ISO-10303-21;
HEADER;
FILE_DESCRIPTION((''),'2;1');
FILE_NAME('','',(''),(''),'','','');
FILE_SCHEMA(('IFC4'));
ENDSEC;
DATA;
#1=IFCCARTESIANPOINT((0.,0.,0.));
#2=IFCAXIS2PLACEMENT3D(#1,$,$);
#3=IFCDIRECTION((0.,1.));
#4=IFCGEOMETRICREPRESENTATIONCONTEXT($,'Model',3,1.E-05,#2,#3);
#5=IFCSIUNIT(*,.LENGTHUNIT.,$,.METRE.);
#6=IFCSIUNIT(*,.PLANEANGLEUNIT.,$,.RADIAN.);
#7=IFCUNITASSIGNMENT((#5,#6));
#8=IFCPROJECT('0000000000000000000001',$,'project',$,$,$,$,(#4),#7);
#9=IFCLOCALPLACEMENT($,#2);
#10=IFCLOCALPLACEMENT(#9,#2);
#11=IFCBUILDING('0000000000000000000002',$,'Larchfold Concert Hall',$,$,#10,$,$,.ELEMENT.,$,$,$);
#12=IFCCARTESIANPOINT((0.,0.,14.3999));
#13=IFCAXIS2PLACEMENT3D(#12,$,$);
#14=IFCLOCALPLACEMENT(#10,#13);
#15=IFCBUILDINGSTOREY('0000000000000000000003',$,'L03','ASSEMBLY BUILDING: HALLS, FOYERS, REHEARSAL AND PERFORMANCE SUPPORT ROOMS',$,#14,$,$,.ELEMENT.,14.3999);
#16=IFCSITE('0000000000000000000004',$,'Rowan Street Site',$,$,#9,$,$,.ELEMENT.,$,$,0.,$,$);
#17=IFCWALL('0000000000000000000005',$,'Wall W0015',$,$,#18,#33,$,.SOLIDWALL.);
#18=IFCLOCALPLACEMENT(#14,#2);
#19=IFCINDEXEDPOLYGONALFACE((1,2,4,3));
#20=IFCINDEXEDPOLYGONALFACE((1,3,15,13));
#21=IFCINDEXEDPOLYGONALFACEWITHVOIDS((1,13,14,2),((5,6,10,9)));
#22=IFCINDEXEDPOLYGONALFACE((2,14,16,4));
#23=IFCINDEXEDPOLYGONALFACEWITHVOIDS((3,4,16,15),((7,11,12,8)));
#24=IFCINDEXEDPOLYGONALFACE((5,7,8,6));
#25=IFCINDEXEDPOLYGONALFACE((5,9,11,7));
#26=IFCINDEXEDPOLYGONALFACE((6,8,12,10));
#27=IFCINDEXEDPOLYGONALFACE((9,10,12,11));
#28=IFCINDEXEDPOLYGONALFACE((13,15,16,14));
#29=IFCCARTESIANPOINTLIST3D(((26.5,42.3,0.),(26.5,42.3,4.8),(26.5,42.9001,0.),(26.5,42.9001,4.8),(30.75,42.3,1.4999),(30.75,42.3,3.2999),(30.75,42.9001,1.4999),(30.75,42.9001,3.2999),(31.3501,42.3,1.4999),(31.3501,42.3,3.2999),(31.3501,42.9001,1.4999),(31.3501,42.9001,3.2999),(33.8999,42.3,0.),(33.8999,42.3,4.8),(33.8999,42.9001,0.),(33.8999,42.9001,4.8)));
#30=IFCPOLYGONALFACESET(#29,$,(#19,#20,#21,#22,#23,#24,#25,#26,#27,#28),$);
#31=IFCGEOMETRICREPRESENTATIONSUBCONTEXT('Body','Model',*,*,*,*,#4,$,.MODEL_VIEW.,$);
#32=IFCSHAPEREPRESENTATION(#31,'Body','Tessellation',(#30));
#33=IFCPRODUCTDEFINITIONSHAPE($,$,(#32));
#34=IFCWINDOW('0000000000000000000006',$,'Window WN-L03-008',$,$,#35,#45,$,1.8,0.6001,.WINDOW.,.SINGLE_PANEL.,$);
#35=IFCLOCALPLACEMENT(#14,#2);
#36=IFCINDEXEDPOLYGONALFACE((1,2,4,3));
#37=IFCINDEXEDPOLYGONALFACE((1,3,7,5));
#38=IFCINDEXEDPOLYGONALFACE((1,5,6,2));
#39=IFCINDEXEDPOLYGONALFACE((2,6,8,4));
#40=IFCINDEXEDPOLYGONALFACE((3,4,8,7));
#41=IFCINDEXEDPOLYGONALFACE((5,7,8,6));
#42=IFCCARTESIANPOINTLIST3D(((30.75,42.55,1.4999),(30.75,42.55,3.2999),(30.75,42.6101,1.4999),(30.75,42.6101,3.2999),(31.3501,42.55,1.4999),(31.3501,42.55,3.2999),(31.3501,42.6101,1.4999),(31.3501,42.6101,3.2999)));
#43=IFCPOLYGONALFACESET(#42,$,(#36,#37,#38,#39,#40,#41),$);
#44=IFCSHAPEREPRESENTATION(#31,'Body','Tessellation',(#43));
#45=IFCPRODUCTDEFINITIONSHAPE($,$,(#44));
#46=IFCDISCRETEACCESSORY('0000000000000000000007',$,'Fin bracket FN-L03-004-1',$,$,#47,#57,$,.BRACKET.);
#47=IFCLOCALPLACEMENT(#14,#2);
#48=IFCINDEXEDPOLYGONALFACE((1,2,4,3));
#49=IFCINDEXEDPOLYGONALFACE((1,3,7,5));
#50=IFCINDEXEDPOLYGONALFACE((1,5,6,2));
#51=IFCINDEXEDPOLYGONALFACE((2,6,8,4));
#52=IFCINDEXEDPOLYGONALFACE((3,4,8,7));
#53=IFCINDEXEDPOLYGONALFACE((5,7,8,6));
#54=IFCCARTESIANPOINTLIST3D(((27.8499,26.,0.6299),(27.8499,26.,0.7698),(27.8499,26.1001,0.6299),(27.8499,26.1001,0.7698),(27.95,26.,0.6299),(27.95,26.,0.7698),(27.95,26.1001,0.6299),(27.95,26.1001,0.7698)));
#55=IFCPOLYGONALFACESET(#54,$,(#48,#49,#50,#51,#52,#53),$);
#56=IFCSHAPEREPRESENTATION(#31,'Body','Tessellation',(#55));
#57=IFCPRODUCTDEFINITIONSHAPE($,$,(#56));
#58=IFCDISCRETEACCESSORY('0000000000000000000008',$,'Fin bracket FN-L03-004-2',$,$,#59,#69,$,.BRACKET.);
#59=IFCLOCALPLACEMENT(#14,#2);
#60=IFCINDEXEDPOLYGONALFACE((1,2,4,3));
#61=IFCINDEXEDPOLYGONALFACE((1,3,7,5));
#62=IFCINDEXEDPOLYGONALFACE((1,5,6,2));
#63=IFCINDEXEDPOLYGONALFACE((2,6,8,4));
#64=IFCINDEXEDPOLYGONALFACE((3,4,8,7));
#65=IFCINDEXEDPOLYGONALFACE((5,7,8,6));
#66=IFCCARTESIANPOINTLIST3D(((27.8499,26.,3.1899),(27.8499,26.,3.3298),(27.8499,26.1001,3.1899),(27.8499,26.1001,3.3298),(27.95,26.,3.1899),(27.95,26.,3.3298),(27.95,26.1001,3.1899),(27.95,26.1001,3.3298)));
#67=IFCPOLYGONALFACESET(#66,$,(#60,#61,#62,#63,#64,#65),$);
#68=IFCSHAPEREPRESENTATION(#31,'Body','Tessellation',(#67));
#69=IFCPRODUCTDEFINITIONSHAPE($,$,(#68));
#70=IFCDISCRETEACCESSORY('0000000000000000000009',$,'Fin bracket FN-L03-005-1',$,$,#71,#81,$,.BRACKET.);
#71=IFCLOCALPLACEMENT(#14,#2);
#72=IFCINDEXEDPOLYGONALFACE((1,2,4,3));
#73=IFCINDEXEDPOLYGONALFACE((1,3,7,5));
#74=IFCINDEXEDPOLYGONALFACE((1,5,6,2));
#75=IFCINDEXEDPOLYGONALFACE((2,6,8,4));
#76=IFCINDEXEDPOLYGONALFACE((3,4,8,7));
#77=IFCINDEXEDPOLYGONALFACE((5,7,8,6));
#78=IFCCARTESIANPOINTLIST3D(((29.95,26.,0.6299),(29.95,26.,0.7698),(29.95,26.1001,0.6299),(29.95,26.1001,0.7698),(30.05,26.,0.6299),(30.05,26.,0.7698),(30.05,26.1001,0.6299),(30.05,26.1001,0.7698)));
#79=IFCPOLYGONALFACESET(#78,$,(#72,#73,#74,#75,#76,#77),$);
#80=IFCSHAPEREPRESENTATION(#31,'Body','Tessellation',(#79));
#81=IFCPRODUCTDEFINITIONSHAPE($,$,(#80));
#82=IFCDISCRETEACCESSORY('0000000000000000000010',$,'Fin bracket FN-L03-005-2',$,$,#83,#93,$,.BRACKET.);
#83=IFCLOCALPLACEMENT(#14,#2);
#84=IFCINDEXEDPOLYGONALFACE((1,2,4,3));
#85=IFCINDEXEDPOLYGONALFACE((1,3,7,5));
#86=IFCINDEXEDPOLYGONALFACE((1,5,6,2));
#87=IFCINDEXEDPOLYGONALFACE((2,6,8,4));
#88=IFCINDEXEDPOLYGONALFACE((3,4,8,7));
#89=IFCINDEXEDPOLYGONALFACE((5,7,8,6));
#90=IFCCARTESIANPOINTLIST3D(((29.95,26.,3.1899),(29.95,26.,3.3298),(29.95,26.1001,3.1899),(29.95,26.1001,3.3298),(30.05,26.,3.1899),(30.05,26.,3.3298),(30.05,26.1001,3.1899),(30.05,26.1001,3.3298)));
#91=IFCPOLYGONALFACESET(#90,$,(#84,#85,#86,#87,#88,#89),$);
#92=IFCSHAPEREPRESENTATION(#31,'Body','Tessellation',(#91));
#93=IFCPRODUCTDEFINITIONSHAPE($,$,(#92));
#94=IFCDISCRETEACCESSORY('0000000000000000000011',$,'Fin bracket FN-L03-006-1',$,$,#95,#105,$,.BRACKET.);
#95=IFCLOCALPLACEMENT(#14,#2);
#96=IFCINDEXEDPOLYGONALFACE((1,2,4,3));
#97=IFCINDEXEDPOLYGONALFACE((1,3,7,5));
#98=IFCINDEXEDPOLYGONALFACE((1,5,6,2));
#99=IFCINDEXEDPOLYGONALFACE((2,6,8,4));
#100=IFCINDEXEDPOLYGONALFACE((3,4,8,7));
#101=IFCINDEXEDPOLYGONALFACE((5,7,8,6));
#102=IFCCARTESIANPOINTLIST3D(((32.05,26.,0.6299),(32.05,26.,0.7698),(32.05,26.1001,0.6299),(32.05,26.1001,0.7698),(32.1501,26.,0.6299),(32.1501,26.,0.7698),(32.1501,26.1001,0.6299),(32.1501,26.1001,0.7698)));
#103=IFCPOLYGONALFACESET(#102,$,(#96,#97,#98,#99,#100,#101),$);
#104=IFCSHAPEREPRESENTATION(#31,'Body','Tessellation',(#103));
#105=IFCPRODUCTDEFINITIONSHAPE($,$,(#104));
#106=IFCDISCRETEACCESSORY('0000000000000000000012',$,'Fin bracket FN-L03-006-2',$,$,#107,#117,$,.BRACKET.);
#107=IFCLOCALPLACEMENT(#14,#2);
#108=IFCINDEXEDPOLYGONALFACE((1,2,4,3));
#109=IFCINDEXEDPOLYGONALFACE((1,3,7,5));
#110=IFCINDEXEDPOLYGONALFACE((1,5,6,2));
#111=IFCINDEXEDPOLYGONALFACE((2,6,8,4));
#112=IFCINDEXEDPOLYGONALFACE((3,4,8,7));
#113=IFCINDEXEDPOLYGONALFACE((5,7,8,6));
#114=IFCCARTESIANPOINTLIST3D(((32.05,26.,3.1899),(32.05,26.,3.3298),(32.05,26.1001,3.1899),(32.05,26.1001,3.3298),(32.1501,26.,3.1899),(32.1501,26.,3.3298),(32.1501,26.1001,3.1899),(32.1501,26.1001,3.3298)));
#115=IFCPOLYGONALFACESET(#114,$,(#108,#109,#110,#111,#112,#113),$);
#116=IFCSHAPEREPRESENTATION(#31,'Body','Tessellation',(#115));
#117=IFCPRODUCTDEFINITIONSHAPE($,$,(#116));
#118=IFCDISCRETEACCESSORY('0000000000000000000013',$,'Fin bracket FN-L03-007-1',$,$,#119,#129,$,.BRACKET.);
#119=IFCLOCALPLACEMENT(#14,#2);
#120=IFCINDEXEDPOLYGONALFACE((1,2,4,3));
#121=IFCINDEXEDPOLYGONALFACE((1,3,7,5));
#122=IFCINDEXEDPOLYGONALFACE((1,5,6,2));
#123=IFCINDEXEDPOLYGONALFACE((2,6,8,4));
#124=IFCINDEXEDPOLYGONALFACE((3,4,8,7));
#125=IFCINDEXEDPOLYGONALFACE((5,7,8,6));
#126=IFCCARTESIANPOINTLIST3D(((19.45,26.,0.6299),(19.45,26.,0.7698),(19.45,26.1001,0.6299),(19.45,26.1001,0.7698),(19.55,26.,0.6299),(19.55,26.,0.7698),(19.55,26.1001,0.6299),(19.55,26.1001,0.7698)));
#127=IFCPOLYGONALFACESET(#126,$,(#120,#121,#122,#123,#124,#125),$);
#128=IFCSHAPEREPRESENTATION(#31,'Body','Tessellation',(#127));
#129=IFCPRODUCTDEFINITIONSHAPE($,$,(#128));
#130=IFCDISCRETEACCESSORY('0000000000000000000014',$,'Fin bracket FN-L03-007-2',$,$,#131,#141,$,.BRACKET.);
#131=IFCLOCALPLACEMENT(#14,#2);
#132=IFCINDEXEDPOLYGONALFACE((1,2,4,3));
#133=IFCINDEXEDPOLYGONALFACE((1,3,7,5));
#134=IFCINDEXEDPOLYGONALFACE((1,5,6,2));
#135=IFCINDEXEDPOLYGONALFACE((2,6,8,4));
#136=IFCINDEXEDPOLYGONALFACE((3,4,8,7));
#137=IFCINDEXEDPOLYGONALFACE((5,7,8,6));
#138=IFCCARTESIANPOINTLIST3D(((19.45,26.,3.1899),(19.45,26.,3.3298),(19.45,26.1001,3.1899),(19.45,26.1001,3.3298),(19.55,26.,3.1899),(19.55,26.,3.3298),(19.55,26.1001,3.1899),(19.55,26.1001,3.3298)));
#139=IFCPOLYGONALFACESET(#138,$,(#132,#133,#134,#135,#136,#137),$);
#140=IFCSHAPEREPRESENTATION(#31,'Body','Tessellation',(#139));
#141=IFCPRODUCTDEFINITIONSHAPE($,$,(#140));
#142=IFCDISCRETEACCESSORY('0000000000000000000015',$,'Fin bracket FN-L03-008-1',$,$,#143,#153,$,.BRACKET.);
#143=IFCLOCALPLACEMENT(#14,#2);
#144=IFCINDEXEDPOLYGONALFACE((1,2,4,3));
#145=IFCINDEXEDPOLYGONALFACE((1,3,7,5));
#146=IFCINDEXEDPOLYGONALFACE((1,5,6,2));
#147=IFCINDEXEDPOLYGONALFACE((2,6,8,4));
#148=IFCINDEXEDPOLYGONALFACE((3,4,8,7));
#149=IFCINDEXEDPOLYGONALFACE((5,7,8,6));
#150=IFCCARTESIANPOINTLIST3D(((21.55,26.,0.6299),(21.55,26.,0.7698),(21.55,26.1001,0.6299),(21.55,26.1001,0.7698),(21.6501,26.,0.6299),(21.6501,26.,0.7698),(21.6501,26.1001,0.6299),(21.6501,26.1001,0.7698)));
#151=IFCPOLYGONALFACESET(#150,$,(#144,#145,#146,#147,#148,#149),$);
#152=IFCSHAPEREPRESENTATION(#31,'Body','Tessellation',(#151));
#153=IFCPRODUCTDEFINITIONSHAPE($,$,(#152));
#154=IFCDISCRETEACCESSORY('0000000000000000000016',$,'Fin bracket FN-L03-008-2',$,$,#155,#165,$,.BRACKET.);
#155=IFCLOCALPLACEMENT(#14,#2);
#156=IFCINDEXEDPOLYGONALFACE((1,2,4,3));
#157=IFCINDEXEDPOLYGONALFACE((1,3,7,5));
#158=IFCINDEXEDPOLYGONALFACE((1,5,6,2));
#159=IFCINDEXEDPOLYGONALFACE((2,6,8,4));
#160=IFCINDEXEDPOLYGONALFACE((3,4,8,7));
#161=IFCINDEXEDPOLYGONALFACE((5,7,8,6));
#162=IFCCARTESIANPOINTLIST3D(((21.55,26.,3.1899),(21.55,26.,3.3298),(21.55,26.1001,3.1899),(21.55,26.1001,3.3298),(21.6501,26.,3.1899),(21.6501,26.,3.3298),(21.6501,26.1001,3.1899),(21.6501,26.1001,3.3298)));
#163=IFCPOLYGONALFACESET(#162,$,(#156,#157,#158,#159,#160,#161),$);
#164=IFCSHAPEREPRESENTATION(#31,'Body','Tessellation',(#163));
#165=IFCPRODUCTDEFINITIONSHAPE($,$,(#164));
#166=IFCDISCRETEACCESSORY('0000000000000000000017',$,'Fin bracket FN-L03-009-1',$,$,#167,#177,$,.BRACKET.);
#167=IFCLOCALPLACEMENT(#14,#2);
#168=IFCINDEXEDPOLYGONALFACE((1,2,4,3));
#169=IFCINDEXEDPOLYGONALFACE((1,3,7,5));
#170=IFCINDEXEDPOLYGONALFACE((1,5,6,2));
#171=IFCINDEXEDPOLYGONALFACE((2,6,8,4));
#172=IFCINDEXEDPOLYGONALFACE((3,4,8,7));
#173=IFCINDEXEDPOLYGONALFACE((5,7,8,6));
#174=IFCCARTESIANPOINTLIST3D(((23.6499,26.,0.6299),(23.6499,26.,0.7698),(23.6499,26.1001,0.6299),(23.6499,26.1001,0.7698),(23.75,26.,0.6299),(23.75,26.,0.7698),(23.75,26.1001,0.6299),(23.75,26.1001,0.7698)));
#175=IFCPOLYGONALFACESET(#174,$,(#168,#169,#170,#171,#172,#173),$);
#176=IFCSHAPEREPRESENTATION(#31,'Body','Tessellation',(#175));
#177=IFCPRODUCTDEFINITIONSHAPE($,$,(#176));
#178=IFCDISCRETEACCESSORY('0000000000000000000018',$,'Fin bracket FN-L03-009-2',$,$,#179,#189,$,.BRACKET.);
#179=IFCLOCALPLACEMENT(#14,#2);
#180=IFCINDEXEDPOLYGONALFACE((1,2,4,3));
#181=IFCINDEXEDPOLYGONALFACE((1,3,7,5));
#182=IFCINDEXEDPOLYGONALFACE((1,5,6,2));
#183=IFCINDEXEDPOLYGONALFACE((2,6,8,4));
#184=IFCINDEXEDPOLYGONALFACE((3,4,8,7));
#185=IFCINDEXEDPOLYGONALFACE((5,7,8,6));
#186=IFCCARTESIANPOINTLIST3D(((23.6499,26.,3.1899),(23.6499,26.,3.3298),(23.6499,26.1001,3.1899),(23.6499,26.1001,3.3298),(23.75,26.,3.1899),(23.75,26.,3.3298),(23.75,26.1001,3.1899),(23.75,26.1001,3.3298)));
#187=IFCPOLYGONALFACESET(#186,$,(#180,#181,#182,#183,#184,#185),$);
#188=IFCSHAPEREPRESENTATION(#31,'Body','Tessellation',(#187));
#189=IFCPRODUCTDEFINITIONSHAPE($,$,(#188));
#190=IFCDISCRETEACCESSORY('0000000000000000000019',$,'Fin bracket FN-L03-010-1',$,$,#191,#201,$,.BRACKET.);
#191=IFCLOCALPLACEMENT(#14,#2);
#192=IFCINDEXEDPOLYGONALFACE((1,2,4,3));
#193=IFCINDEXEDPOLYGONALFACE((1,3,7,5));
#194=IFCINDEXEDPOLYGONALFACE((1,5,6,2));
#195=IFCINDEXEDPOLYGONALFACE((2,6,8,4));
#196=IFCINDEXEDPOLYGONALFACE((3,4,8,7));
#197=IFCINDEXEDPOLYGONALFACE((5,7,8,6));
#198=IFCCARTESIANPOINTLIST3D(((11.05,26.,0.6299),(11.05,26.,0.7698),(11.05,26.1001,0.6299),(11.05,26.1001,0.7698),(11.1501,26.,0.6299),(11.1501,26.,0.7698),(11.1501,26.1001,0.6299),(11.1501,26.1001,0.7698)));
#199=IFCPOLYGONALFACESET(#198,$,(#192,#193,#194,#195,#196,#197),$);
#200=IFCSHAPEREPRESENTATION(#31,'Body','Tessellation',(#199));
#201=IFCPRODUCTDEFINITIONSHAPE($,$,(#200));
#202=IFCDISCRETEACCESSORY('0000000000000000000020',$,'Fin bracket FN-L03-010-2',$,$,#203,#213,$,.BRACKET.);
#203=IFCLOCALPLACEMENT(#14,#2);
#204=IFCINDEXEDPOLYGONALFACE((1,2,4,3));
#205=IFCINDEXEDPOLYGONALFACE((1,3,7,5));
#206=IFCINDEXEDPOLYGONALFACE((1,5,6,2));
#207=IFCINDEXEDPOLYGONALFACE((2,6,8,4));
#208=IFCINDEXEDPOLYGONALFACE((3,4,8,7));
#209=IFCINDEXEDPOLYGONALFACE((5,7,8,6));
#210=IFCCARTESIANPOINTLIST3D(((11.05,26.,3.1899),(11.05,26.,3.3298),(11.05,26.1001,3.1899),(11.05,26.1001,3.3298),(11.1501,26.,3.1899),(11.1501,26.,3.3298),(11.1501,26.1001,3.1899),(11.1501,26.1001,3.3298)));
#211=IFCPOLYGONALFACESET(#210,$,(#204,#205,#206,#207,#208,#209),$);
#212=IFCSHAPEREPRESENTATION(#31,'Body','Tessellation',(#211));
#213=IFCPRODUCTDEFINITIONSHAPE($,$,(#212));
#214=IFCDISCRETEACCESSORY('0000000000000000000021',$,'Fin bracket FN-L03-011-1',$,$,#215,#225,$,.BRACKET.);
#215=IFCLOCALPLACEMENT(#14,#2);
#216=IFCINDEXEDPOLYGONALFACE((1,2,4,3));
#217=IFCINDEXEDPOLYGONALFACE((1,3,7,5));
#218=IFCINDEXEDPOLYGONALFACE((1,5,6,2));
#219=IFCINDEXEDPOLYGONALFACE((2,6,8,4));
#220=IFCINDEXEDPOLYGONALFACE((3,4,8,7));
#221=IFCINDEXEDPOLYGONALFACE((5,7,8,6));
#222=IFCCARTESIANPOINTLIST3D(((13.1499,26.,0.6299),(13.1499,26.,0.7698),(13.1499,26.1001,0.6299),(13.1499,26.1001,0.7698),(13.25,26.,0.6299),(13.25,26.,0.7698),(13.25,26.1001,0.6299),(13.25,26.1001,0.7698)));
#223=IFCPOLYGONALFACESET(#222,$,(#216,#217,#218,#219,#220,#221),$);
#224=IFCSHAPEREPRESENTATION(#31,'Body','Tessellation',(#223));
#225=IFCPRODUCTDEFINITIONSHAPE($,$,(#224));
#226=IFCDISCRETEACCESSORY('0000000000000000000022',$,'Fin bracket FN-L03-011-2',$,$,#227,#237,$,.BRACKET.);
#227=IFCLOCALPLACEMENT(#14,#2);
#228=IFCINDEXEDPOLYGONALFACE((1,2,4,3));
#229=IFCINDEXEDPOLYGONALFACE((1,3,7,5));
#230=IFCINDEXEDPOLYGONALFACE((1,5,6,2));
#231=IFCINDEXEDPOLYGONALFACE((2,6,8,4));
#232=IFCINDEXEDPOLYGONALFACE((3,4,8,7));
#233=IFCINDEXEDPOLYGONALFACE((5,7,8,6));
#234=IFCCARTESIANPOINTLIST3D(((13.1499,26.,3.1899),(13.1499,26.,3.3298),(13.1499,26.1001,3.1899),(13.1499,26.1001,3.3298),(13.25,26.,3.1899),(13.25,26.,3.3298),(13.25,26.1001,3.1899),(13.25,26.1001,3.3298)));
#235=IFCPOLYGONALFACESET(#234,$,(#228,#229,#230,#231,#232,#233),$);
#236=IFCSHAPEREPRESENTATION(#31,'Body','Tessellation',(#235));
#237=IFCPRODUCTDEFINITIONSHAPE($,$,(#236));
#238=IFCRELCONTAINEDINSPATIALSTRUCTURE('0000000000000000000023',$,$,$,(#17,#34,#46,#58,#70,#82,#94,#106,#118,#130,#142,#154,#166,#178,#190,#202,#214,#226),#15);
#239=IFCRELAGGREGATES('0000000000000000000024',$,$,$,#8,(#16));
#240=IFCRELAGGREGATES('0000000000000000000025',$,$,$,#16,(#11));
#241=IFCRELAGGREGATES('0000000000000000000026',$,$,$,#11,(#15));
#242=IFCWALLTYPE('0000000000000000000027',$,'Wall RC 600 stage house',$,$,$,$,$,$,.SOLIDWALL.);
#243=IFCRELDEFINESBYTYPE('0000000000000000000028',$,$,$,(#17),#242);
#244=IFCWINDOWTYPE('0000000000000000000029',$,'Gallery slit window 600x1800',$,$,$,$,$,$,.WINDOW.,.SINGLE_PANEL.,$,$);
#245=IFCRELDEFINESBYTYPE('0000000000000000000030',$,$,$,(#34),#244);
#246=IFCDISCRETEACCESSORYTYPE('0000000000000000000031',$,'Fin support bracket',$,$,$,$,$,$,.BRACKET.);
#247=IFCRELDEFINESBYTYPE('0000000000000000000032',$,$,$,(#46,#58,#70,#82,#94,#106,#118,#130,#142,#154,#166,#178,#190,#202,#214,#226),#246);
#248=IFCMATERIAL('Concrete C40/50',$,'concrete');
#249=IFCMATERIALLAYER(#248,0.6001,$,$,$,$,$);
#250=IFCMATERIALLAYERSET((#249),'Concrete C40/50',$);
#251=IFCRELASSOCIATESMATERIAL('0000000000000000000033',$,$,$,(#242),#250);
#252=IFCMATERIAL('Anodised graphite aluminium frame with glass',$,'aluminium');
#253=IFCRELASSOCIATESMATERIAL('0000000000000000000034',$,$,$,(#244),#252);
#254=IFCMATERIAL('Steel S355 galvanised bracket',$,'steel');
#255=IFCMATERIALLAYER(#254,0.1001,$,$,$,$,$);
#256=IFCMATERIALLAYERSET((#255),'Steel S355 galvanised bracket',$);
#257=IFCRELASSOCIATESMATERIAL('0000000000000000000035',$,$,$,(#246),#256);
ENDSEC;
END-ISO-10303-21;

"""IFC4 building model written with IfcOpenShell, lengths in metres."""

from ifc_helpers import new_model, si_unit, direction, frame, frame_2d, origin, origin_2d, place, context, subcontext, project, spatial, rectangle, extrude, material, layer, layer_set, type_object, element, fill, save


model = new_model("IFC4")

# Units and contexts
model_context = context("Model", 3, precision=1e-05, world=origin(), true_north=direction((0.0, 1.0)))
body_context = subcontext(model_context, "Body", "Model", "MODEL_VIEW")
ifc_project = project(units=[si_unit("LENGTHUNIT", "METRE"), si_unit("PLANEANGLEUNIT", "RADIAN")], contexts=[model_context])

# Site, building, storey
site_placement = place(None, origin())
site = spatial("IfcSite", under=ifc_project, at=site_placement, Name="Rowan Street Site", CompositionType="ELEMENT", RefElevation=0.0)
building_placement = place(site_placement, origin())
building = spatial("IfcBuilding", under=site, at=building_placement, Name="Larchfold Concert Hall", CompositionType="ELEMENT")
storey_placement = place(building_placement, frame((0.0, 0.0, 14.3999)))
storey = spatial("IfcBuildingStorey", under=building, at=storey_placement, Name="L03", Description="ASSEMBLY BUILDING: HALLS, FOYERS, REHEARSAL AND PERFORMANCE SUPPORT ROOMS", CompositionType="ELEMENT", Elevation=14.3999)

# Wall, opening, window
ifc_material_1 = material(Name="Concrete C40/50", Category="concrete")
ifc_layer_1 = layer(ifc_material_1, 0.6001)
ifc_layer_set_1 = layer_set([ifc_layer_1], Name="Concrete C40/50")
wall_type_1 = type_object("IfcWallType", Name="Wall RC 600 stage house", PredefinedType="SOLIDWALL", material=ifc_layer_set_1)
wall_1_placement = place(storey_placement, frame((26.5, 42.6001, 0.0), z_axis=(0.0, 0.0, 1.0), x_axis=(1.0, 0.0, 0.0)))
wall_1 = element("IfcWall", 1, at=wall_1_placement, inside=storey, type_object=wall_type_1, Name="Wall W0015", PredefinedType="SOLIDWALL", context=body_context, shape_type="SweptSolid", body=[
    extrude(rectangle(XDim=7.3999, YDim=0.6001, at=frame_2d((3.7, 0.0))), origin(), (0.0, 0.0, 1.0), 4.8),
])
opening_1_placement = place(wall_1_placement, frame((4.25, 0.0, 1.5)))
opening_1 = element("IfcOpeningElement", 2, at=opening_1_placement, cuts=wall_1, PredefinedType="OPENING", context=body_context, shape_type="SweptSolid", body=[
    extrude(rectangle(XDim=0.6001, YDim=1.8, at=frame_2d((0.3, 0.8999))), frame((0.0, 0.3101, 0.0), z_axis=(0.0, -1.0, 0.0), x_axis=(1.0, 0.0, 0.0)), (0.0, 0.0, 1.0), 0.6201),
])
ifc_material_2 = material(Name="Anodised graphite aluminium frame with glass", Category="aluminium")
window_type_1 = type_object("IfcWindowType", Name="Gallery slit window 600x1800", PartitioningType="SINGLE_PANEL", PredefinedType="WINDOW", material=ifc_material_2)
window_1_placement = place(opening_1_placement, origin())
window_1 = element("IfcWindow", 3, at=window_1_placement, inside=storey, type_object=window_type_1, Name="Window WN-L03-008", OverallHeight=1.8, OverallWidth=0.6001, PartitioningType="SINGLE_PANEL", PredefinedType="WINDOW", context=body_context, shape_type="SweptSolid", body=[
    extrude(rectangle(XDim=0.6001, YDim=1.8, at=frame_2d((0.3, 0.8999))), frame((0.0, 0.01, 0.0), z_axis=(0.0, -1.0, 0.0), x_axis=(1.0, 0.0, 0.0)), (0.0, 0.0, 1.0), 0.0601),
])
fill(opening_1, window_1)

# Discrete accessories
ifc_material_3 = material(Name="Steel S355 galvanised bracket", Category="steel")
ifc_layer_2 = layer(ifc_material_3, 0.1001)
ifc_layer_set_2 = layer_set([ifc_layer_2], Name="Steel S355 galvanised bracket")
discrete_accessory_type = type_object("IfcDiscreteAccessoryType", Name="Fin support bracket", PredefinedType="BRACKET", material=ifc_layer_set_2)
for number, where, z_axis, x_axis, name in (
    (4, (27.8999, 26.05, 0.6299), (0.0, 0.0, 1.0), (0.0, 1.0, 0.0), "Fin bracket FN-L03-004-1"),
    (5, (27.8999, 26.05, 3.1899), (0.0, 0.0, 1.0), (0.0, 1.0, 0.0), "Fin bracket FN-L03-004-2"),
    (6, (30.0, 26.05, 0.6299), (0.0, 0.0, 1.0), (0.0, 1.0, 0.0), "Fin bracket FN-L03-005-1"),
    (7, (30.0, 26.05, 3.1899), (0.0, 0.0, 1.0), (0.0, 1.0, 0.0), "Fin bracket FN-L03-005-2"),
    (8, (32.1001, 26.05, 0.6299), (0.0, 0.0, 1.0), (0.0, 1.0, 0.0), "Fin bracket FN-L03-006-1"),
    (9, (32.1001, 26.05, 3.1899), (0.0, 0.0, 1.0), (0.0, 1.0, 0.0), "Fin bracket FN-L03-006-2"),
    (10, (19.5, 26.05, 0.6299), (0.0, 0.0, 1.0), (0.0, 1.0, 0.0), "Fin bracket FN-L03-007-1"),
    (11, (19.5, 26.05, 3.1899), (0.0, 0.0, 1.0), (0.0, 1.0, 0.0), "Fin bracket FN-L03-007-2"),
    (12, (21.6001, 26.05, 0.6299), (0.0, 0.0, 1.0), (0.0, 1.0, 0.0), "Fin bracket FN-L03-008-1"),
    (13, (21.6001, 26.05, 3.1899), (0.0, 0.0, 1.0), (0.0, 1.0, 0.0), "Fin bracket FN-L03-008-2"),
    (14, (23.7, 26.05, 0.6299), (0.0, 0.0, 1.0), (0.0, 1.0, 0.0), "Fin bracket FN-L03-009-1"),
    (15, (23.7, 26.05, 3.1899), (0.0, 0.0, 1.0), (0.0, 1.0, 0.0), "Fin bracket FN-L03-009-2"),
    (16, (11.1001, 26.05, 0.6299), (0.0, 0.0, 1.0), (0.0, 1.0, 0.0), "Fin bracket FN-L03-010-1"),
    (17, (11.1001, 26.05, 3.1899), (0.0, 0.0, 1.0), (0.0, 1.0, 0.0), "Fin bracket FN-L03-010-2"),
    (18, (13.2, 26.05, 0.6299), (0.0, 0.0, 1.0), (0.0, 1.0, 0.0), "Fin bracket FN-L03-011-1"),
    (19, (13.2, 26.05, 3.1899), (0.0, 0.0, 1.0), (0.0, 1.0, 0.0), "Fin bracket FN-L03-011-2"),
):
    element("IfcDiscreteAccessory", number, at=place(storey_placement, frame(where, z_axis=z_axis, x_axis=x_axis)), inside=storey, type_object=discrete_accessory_type, Name=name, PredefinedType="BRACKET", context=body_context, shape_type="SweptSolid", body=[
        extrude(rectangle(XDim=0.1001, YDim=0.1001, at=origin_2d()), origin(), (0.0, 0.0, 1.0), 0.1399),
    ])

save(model, "model.ifc")
